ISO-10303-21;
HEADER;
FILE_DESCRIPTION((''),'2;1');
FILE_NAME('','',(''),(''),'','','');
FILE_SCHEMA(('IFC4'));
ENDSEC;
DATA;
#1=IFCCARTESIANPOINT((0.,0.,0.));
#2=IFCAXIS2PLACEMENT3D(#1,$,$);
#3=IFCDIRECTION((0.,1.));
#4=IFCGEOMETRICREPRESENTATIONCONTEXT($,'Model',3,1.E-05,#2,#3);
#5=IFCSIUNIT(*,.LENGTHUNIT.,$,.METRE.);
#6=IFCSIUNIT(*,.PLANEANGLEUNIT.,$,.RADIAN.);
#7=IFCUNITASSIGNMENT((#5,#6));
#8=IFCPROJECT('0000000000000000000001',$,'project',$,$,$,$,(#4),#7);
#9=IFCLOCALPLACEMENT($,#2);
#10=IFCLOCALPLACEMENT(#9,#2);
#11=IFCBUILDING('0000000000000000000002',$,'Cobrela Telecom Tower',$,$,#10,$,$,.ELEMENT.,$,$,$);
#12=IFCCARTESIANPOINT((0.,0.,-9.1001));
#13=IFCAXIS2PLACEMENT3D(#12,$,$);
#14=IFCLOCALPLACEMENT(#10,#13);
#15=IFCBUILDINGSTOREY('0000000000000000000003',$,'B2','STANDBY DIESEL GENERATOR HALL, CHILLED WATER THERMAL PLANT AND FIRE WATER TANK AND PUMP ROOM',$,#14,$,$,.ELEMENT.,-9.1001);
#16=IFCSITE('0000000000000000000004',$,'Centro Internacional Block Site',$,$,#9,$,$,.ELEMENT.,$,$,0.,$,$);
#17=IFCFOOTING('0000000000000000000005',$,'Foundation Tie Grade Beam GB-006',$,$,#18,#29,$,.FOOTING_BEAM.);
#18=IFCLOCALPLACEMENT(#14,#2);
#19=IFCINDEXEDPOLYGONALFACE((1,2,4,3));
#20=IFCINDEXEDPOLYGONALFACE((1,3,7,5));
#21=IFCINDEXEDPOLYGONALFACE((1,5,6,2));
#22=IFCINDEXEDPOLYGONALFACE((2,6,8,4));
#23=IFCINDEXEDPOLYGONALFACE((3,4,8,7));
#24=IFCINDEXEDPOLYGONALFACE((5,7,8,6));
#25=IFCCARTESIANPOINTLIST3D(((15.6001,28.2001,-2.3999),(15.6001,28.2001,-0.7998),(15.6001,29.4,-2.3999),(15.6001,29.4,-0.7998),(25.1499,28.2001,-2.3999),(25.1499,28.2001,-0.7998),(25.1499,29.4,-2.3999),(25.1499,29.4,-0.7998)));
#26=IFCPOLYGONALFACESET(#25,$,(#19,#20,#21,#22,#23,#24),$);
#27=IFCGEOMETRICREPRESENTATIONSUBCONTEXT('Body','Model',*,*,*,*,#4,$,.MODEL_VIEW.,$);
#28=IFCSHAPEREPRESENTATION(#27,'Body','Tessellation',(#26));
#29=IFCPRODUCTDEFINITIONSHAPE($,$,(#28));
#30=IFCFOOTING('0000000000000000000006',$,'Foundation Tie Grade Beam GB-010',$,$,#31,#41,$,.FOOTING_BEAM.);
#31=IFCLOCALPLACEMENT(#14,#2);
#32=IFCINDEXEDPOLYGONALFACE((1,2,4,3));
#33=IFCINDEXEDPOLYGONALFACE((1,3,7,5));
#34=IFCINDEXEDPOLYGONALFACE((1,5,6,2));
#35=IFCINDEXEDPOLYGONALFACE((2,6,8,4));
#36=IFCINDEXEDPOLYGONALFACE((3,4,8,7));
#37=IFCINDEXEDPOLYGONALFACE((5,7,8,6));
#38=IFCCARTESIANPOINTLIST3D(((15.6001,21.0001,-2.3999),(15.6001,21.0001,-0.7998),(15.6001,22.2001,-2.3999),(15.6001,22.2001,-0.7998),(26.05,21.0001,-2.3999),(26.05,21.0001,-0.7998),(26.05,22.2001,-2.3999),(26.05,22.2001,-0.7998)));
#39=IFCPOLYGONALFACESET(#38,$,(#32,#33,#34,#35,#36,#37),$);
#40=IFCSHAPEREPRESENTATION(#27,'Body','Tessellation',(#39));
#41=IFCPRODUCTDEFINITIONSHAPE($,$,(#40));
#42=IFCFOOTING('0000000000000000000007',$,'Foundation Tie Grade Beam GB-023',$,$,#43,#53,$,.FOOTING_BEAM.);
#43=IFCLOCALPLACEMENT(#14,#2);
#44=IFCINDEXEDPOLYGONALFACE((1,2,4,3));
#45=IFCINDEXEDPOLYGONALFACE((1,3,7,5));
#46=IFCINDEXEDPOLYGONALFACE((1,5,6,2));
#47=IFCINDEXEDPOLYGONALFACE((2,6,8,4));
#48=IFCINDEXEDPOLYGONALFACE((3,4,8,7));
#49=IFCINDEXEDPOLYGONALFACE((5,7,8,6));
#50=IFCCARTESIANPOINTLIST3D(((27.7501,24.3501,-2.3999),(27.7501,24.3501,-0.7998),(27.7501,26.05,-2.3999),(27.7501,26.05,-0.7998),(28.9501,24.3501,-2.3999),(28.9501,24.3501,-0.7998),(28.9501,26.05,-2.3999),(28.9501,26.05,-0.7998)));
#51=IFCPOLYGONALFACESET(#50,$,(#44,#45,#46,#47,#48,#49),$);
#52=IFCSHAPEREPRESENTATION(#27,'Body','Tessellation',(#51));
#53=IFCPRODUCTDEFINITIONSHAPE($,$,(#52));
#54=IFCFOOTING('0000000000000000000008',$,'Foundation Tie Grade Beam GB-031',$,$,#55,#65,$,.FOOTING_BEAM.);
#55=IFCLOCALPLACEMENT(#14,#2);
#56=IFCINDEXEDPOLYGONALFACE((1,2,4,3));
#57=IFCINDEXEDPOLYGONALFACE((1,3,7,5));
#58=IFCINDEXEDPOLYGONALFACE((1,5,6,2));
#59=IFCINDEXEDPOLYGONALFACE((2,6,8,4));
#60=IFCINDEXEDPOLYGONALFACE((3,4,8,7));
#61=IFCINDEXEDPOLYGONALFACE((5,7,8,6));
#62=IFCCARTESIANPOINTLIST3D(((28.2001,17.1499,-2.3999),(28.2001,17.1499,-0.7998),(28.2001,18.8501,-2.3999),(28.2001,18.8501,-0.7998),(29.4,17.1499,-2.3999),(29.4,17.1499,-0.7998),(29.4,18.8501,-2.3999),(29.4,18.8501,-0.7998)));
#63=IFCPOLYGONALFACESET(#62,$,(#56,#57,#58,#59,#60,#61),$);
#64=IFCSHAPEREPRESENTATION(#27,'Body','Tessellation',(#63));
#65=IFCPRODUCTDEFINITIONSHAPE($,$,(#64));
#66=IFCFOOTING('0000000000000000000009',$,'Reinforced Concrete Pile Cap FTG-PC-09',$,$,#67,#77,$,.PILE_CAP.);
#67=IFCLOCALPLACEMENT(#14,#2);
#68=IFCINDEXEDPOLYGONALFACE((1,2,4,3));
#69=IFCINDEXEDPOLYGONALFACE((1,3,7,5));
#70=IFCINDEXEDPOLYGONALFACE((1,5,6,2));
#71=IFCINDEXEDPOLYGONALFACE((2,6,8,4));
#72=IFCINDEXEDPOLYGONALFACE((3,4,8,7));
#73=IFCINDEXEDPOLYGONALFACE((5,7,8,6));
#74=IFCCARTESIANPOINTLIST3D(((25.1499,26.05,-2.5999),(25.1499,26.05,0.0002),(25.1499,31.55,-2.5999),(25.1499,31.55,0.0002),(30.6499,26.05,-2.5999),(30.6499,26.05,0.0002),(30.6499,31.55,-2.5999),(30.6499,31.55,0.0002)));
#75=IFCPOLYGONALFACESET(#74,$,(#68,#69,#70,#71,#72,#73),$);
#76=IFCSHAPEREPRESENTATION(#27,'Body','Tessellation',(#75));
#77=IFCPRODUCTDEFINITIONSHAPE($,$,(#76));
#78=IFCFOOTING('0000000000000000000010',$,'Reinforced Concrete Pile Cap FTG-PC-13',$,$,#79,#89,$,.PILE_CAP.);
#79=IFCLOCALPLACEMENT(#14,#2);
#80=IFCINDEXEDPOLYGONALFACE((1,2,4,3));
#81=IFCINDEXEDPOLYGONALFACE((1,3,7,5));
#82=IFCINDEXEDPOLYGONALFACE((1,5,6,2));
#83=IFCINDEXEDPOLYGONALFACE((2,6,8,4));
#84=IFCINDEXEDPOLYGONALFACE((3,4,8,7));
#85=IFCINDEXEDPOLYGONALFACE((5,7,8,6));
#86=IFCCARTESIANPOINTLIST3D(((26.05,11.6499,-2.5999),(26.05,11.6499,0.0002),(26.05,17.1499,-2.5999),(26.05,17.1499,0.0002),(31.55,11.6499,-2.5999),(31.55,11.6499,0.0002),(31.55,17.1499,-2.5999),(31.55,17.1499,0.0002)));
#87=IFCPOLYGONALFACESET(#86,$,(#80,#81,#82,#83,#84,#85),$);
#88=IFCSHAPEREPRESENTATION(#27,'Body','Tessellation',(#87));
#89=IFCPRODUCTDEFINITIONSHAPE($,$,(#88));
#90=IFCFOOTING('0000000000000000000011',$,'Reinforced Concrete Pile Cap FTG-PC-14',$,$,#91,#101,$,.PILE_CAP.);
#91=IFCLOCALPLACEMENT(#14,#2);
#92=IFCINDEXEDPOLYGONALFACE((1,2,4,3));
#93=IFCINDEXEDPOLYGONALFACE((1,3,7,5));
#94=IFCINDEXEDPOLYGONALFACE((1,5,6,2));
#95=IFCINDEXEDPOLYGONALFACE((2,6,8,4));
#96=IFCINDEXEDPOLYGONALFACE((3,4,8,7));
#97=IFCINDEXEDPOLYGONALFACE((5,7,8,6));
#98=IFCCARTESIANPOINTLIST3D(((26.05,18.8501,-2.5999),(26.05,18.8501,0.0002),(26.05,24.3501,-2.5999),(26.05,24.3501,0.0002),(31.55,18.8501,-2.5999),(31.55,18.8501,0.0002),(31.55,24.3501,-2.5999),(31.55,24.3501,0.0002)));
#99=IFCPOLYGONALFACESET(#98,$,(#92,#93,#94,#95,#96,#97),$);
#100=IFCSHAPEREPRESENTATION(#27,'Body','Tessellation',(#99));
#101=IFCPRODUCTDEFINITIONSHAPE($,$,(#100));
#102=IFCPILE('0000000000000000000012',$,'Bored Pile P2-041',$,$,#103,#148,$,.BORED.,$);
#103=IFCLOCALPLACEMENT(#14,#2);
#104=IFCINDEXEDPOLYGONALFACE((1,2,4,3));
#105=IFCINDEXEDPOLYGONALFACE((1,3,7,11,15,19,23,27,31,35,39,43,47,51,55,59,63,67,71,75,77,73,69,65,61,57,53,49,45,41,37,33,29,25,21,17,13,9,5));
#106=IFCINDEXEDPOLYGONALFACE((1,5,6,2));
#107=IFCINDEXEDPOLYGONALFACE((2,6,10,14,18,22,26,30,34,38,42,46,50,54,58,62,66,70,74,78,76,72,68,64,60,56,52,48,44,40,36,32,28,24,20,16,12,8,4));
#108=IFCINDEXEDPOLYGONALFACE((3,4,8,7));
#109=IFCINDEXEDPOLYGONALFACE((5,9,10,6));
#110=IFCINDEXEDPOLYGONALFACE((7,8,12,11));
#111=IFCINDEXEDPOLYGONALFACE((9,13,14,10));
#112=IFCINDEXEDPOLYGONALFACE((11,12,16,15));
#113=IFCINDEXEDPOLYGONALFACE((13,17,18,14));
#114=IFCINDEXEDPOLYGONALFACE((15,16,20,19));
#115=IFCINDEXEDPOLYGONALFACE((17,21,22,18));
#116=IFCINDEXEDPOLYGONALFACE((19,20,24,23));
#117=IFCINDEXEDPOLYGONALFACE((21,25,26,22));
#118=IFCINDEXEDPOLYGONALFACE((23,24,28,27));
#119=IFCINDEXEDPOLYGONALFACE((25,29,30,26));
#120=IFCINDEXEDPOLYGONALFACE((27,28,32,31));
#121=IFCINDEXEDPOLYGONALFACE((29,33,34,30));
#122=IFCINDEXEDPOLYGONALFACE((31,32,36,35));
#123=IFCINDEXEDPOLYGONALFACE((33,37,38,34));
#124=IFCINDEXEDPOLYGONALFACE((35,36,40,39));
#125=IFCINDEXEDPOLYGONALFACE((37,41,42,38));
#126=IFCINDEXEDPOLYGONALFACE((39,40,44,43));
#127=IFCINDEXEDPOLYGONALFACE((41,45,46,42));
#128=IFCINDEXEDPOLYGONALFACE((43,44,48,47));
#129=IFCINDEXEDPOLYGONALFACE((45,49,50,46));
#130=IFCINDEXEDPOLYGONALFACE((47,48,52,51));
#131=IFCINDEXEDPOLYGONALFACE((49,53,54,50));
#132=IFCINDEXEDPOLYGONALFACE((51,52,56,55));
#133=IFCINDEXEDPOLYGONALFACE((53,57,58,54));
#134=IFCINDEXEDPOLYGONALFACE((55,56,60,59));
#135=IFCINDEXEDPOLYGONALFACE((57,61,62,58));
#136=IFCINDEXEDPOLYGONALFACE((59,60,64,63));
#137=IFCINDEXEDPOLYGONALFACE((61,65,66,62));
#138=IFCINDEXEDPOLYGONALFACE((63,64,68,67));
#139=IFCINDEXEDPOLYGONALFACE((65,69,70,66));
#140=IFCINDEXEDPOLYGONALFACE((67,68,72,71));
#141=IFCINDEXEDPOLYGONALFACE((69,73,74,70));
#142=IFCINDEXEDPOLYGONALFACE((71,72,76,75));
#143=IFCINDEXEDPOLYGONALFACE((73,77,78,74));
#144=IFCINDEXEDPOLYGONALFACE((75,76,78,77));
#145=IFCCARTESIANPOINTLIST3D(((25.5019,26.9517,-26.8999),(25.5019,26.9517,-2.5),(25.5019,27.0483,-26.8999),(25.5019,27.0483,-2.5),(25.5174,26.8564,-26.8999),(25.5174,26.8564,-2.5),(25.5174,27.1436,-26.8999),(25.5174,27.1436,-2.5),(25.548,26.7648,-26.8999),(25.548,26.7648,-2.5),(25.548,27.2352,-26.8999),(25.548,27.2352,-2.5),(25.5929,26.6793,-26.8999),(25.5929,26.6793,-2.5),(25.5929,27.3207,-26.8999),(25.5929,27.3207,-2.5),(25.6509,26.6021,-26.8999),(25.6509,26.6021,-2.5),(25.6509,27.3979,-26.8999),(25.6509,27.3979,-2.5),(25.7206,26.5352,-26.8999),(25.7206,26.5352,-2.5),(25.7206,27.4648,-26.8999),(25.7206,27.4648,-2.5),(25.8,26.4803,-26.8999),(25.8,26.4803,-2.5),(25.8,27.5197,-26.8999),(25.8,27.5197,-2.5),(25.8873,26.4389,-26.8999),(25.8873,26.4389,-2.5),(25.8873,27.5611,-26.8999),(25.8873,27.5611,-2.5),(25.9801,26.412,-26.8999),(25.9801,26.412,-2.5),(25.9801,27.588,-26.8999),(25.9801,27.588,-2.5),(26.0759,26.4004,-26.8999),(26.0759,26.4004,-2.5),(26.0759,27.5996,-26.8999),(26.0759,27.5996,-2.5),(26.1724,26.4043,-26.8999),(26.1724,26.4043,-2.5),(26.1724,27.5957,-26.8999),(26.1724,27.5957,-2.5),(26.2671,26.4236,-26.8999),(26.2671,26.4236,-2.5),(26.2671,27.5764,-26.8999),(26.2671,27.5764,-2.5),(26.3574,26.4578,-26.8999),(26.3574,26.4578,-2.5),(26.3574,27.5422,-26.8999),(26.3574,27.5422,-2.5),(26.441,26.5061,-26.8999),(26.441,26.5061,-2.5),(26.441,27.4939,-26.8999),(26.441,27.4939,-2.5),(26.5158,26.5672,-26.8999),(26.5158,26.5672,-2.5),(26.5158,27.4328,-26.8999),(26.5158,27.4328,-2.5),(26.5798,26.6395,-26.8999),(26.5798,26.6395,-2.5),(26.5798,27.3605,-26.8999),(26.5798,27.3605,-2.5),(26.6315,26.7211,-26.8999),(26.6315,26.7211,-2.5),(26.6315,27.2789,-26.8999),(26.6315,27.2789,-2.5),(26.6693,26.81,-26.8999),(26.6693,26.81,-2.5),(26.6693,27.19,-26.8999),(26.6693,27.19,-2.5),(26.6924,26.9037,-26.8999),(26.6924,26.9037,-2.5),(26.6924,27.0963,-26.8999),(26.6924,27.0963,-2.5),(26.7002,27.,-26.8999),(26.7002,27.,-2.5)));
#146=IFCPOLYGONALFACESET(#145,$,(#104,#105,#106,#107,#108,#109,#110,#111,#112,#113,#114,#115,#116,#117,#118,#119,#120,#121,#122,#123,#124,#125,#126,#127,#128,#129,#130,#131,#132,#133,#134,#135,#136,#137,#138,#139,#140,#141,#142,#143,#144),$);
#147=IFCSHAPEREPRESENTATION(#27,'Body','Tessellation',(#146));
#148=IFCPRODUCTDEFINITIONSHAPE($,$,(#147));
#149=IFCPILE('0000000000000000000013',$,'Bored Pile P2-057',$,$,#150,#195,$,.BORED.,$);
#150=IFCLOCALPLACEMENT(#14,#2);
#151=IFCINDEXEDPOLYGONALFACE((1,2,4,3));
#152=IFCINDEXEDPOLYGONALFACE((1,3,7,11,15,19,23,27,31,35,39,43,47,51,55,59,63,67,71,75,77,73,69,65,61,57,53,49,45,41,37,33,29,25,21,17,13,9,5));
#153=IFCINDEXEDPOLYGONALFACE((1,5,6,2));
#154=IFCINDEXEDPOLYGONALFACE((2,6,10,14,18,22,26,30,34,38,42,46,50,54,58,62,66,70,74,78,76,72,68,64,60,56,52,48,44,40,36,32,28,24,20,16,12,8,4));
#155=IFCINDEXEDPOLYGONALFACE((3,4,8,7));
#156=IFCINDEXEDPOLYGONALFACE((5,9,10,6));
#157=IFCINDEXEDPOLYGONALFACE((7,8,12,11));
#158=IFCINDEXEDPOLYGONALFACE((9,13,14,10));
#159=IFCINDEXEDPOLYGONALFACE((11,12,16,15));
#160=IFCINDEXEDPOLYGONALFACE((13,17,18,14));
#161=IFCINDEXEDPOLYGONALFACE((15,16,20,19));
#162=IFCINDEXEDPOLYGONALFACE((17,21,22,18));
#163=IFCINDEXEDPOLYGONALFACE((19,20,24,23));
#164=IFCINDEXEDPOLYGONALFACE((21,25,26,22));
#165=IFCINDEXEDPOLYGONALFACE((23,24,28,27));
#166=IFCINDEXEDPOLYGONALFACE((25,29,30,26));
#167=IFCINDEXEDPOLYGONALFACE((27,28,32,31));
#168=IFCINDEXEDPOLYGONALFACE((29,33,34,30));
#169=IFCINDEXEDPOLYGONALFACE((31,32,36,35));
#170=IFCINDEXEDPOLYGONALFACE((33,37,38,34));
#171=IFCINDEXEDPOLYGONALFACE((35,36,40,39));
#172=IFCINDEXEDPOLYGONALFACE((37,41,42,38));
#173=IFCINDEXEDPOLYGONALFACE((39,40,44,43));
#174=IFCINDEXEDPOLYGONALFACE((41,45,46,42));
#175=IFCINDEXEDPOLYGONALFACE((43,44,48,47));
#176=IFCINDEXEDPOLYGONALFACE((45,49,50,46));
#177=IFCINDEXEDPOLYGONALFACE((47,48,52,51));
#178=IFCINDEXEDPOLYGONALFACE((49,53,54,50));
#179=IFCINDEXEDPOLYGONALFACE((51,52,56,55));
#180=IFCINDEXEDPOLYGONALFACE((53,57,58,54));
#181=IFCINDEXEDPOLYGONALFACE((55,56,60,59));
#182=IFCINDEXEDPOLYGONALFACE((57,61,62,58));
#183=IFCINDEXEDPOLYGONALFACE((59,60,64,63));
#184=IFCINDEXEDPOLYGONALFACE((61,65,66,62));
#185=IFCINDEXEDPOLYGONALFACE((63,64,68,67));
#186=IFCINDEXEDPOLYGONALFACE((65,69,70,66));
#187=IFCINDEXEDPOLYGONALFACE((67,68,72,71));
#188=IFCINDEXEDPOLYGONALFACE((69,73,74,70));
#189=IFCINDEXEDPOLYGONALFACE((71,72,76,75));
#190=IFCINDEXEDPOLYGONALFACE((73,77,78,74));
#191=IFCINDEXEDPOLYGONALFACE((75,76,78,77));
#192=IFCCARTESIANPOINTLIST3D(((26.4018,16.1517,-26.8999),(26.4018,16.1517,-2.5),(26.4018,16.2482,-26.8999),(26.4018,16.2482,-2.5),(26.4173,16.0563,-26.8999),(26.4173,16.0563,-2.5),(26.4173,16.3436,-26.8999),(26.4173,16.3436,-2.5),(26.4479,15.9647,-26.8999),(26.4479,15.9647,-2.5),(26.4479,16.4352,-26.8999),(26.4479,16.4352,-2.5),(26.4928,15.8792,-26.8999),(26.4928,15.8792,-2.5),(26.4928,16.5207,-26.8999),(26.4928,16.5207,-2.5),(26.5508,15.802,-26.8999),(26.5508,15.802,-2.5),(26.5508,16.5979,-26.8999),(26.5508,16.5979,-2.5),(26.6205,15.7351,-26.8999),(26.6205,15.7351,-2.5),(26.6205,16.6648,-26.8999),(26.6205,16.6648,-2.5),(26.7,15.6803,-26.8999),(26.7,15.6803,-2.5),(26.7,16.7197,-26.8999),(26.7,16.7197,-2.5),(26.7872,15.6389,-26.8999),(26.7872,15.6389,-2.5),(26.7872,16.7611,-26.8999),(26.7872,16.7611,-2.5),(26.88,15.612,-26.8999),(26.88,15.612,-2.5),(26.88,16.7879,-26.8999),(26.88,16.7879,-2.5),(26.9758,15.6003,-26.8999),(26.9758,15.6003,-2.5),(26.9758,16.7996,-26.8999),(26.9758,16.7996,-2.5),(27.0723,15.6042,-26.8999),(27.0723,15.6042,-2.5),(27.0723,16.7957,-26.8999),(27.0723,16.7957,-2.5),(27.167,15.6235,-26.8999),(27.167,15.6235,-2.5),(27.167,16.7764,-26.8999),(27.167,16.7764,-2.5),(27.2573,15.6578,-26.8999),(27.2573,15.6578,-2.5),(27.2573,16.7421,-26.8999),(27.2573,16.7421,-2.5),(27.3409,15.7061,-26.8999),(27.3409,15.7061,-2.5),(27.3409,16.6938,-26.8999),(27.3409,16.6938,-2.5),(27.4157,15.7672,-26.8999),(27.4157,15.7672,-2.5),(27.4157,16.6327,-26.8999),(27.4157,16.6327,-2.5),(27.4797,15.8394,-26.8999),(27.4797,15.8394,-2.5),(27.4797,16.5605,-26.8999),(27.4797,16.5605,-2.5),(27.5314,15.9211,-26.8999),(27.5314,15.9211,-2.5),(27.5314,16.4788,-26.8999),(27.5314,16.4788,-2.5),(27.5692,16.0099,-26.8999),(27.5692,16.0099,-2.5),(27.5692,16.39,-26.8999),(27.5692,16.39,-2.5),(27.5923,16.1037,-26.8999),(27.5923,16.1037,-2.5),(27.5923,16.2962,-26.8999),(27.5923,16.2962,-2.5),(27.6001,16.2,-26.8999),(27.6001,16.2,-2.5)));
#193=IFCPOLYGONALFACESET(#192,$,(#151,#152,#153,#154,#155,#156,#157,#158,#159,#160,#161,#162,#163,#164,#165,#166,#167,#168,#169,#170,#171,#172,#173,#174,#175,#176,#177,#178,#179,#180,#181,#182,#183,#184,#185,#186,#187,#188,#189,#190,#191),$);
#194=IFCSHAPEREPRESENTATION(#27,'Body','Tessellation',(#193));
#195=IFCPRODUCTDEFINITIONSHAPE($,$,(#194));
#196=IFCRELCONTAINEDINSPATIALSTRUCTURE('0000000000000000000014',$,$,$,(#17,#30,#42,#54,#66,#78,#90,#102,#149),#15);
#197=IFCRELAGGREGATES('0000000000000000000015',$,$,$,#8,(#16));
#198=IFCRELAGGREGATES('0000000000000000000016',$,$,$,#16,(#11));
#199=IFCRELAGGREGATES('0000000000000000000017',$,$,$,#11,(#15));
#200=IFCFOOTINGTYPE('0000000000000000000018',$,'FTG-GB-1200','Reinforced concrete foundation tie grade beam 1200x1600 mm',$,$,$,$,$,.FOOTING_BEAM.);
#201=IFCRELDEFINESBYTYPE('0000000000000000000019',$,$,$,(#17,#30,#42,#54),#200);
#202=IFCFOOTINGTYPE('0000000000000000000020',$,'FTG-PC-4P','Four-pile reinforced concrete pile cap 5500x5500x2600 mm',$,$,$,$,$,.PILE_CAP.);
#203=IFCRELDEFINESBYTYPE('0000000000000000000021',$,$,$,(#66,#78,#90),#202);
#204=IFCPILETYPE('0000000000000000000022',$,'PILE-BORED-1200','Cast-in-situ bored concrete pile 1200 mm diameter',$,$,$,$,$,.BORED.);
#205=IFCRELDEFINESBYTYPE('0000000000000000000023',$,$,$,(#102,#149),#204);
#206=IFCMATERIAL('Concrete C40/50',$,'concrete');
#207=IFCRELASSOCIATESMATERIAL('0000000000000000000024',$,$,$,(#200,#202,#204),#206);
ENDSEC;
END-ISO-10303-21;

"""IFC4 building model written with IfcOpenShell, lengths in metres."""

from ifc_helpers import new_model, si_unit, direction, frame, origin, origin_2d, place, context, subcontext, project, spatial, rectangle, circle, extrude, material, material_profile, profile_set, type_object, element, save


model = new_model("IFC4")

# Units and contexts
model_context = context("Model", 3, precision=1e-05, world=origin(), true_north=direction((0.0, 1.0)))
body_context = subcontext(model_context, "Body", "Model", "MODEL_VIEW")
ifc_project = project(units=[si_unit("LENGTHUNIT", "METRE"), si_unit("PLANEANGLEUNIT", "RADIAN")], contexts=[model_context])

# Site, building, storey
site_placement = place(None, origin())
site = spatial("IfcSite", under=ifc_project, at=site_placement, Name="Centro Internacional Block Site", CompositionType="ELEMENT", RefElevation=0.0)
building_placement = place(site_placement, origin())
building = spatial("IfcBuilding", under=site, at=building_placement, Name="Cobrela Telecom Tower", CompositionType="ELEMENT")
storey_placement = place(building_placement, frame((0.0, 0.0, -9.1001)))
storey = spatial("IfcBuildingStorey", under=building, at=storey_placement, Name="B2", Description="STANDBY DIESEL GENERATOR HALL, CHILLED WATER THERMAL PLANT AND FIRE WATER TANK AND PUMP ROOM", CompositionType="ELEMENT", Elevation=-9.1001)

# Footings
ifc_material_1 = material(Name="Concrete C40/50", Category="concrete")
ifc_material_profile_1 = material_profile(ifc_material_1, rectangle(XDim=1.2, YDim=1.6001, at=origin_2d()), Name="GB 1200x1600")
ifc_profile_set_1 = profile_set([ifc_material_profile_1], Name="Concrete C40/50")
footing_type_1 = type_object("IfcFootingType", Name="FTG-GB-1200", Description="Reinforced concrete foundation tie grade beam 1200x1600 mm", PredefinedType="FOOTING_BEAM", material=ifc_profile_set_1)
footing_1_placement = place(storey_placement, frame((15.6001, 28.8, -1.5999), z_axis=(1.0, 0.0, 0.0), x_axis=(0.0, 1.0, 0.0)))
element("IfcFooting", 1, at=footing_1_placement, inside=storey, type_object=footing_type_1, Name="Foundation Tie Grade Beam GB-006", PredefinedType="FOOTING_BEAM", context=body_context, shape_type="SweptSolid", body=[
    extrude(rectangle(XDim=1.2, YDim=1.6001, at=origin_2d()), origin(), (0.0, 0.0, 1.0), 9.5498),
])
footing_2_placement = place(storey_placement, frame((15.6001, 21.6001, -1.5999), z_axis=(1.0, 0.0, 0.0), x_axis=(0.0, 1.0, 0.0)))
element("IfcFooting", 2, at=footing_2_placement, inside=storey, type_object=footing_type_1, Name="Foundation Tie Grade Beam GB-010", PredefinedType="FOOTING_BEAM", context=body_context, shape_type="SweptSolid", body=[
    extrude(rectangle(XDim=1.2, YDim=1.6001, at=origin_2d()), origin(), (0.0, 0.0, 1.0), 10.45),
])
footing_3_placement = place(storey_placement, frame((28.3501, 24.3501, -1.5999), z_axis=(0.0, 1.0, 0.0), x_axis=(-1.0, 0.0, 0.0)))
element("IfcFooting", 3, at=footing_3_placement, inside=storey, type_object=footing_type_1, Name="Foundation Tie Grade Beam GB-023", PredefinedType="FOOTING_BEAM", context=body_context, shape_type="SweptSolid", body=[
    extrude(rectangle(XDim=1.2, YDim=1.6001, at=origin_2d()), origin(), (0.0, 0.0, 1.0), 1.7),
])
footing_4_placement = place(storey_placement, frame((28.8, 17.1499, -1.5999), z_axis=(0.0, 1.0, 0.0), x_axis=(-1.0, 0.0, 0.0)))
element("IfcFooting", 4, at=footing_4_placement, inside=storey, type_object=footing_type_1, Name="Foundation Tie Grade Beam GB-031", PredefinedType="FOOTING_BEAM", context=body_context, shape_type="SweptSolid", body=[
    extrude(rectangle(XDim=1.2, YDim=1.6001, at=origin_2d()), origin(), (0.0, 0.0, 1.0), 1.7002),
])
footing_type_2 = type_object("IfcFootingType", Name="FTG-PC-4P", Description="Four-pile reinforced concrete pile cap 5500x5500x2600 mm", PredefinedType="PILE_CAP", material=ifc_material_1)
for number, where, z_axis, x_axis, name in (
    (5, (27.8999, 28.8, -2.5999), (0.0, 0.0, 1.0), (1.0, 0.0, 0.0), "Reinforced Concrete Pile Cap FTG-PC-09"),
    (6, (28.8, 14.3999, -2.5999), (0.0, 0.0, 1.0), (1.0, 0.0, 0.0), "Reinforced Concrete Pile Cap FTG-PC-13"),
    (7, (28.8, 21.6001, -2.5999), (0.0, 0.0, 1.0), (1.0, 0.0, 0.0), "Reinforced Concrete Pile Cap FTG-PC-14"),
):
    element("IfcFooting", number, at=place(storey_placement, frame(where, z_axis=z_axis, x_axis=x_axis)), inside=storey, type_object=footing_type_2, Name=name, PredefinedType="PILE_CAP", context=body_context, shape_type="SweptSolid", body=[
        extrude(rectangle(XDim=5.5, YDim=5.5, at=origin_2d()), origin(), (0.0, 0.0, 1.0), 2.6001),
    ])

# Piles
ifc_material_profile_2 = material_profile(ifc_material_1, circle(Radius=0.6001, at=origin_2d()), Name="BORED PILE D1200")
ifc_profile_set_2 = profile_set([ifc_material_profile_2], Name="Concrete C40/50")
pile_type = type_object("IfcPileType", Name="PILE-BORED-1200", Description="Cast-in-situ bored concrete pile 1200 mm diameter", PredefinedType="BORED", material=ifc_profile_set_2)
for number, where, z_axis, x_axis, name in (
    (8, (26.1001, 27.0, -2.5), (0.0, 0.0, -1.0), (1.0, 0.0, 0.0), "Bored Pile P2-041"),
    (9, (27.0, 16.2, -2.5), (0.0, 0.0, -1.0), (1.0, 0.0, 0.0), "Bored Pile P2-057"),
):
    element("IfcPile", number, at=place(storey_placement, frame(where, z_axis=z_axis, x_axis=x_axis)), inside=storey, type_object=pile_type, Name=name, PredefinedType="BORED", context=body_context, shape_type="SweptSolid", body=[
        extrude(circle(Radius=0.6001, at=origin_2d()), origin(), (0.0, 0.0, 1.0), 24.3999),
    ])

save(model, "model.ifc")
